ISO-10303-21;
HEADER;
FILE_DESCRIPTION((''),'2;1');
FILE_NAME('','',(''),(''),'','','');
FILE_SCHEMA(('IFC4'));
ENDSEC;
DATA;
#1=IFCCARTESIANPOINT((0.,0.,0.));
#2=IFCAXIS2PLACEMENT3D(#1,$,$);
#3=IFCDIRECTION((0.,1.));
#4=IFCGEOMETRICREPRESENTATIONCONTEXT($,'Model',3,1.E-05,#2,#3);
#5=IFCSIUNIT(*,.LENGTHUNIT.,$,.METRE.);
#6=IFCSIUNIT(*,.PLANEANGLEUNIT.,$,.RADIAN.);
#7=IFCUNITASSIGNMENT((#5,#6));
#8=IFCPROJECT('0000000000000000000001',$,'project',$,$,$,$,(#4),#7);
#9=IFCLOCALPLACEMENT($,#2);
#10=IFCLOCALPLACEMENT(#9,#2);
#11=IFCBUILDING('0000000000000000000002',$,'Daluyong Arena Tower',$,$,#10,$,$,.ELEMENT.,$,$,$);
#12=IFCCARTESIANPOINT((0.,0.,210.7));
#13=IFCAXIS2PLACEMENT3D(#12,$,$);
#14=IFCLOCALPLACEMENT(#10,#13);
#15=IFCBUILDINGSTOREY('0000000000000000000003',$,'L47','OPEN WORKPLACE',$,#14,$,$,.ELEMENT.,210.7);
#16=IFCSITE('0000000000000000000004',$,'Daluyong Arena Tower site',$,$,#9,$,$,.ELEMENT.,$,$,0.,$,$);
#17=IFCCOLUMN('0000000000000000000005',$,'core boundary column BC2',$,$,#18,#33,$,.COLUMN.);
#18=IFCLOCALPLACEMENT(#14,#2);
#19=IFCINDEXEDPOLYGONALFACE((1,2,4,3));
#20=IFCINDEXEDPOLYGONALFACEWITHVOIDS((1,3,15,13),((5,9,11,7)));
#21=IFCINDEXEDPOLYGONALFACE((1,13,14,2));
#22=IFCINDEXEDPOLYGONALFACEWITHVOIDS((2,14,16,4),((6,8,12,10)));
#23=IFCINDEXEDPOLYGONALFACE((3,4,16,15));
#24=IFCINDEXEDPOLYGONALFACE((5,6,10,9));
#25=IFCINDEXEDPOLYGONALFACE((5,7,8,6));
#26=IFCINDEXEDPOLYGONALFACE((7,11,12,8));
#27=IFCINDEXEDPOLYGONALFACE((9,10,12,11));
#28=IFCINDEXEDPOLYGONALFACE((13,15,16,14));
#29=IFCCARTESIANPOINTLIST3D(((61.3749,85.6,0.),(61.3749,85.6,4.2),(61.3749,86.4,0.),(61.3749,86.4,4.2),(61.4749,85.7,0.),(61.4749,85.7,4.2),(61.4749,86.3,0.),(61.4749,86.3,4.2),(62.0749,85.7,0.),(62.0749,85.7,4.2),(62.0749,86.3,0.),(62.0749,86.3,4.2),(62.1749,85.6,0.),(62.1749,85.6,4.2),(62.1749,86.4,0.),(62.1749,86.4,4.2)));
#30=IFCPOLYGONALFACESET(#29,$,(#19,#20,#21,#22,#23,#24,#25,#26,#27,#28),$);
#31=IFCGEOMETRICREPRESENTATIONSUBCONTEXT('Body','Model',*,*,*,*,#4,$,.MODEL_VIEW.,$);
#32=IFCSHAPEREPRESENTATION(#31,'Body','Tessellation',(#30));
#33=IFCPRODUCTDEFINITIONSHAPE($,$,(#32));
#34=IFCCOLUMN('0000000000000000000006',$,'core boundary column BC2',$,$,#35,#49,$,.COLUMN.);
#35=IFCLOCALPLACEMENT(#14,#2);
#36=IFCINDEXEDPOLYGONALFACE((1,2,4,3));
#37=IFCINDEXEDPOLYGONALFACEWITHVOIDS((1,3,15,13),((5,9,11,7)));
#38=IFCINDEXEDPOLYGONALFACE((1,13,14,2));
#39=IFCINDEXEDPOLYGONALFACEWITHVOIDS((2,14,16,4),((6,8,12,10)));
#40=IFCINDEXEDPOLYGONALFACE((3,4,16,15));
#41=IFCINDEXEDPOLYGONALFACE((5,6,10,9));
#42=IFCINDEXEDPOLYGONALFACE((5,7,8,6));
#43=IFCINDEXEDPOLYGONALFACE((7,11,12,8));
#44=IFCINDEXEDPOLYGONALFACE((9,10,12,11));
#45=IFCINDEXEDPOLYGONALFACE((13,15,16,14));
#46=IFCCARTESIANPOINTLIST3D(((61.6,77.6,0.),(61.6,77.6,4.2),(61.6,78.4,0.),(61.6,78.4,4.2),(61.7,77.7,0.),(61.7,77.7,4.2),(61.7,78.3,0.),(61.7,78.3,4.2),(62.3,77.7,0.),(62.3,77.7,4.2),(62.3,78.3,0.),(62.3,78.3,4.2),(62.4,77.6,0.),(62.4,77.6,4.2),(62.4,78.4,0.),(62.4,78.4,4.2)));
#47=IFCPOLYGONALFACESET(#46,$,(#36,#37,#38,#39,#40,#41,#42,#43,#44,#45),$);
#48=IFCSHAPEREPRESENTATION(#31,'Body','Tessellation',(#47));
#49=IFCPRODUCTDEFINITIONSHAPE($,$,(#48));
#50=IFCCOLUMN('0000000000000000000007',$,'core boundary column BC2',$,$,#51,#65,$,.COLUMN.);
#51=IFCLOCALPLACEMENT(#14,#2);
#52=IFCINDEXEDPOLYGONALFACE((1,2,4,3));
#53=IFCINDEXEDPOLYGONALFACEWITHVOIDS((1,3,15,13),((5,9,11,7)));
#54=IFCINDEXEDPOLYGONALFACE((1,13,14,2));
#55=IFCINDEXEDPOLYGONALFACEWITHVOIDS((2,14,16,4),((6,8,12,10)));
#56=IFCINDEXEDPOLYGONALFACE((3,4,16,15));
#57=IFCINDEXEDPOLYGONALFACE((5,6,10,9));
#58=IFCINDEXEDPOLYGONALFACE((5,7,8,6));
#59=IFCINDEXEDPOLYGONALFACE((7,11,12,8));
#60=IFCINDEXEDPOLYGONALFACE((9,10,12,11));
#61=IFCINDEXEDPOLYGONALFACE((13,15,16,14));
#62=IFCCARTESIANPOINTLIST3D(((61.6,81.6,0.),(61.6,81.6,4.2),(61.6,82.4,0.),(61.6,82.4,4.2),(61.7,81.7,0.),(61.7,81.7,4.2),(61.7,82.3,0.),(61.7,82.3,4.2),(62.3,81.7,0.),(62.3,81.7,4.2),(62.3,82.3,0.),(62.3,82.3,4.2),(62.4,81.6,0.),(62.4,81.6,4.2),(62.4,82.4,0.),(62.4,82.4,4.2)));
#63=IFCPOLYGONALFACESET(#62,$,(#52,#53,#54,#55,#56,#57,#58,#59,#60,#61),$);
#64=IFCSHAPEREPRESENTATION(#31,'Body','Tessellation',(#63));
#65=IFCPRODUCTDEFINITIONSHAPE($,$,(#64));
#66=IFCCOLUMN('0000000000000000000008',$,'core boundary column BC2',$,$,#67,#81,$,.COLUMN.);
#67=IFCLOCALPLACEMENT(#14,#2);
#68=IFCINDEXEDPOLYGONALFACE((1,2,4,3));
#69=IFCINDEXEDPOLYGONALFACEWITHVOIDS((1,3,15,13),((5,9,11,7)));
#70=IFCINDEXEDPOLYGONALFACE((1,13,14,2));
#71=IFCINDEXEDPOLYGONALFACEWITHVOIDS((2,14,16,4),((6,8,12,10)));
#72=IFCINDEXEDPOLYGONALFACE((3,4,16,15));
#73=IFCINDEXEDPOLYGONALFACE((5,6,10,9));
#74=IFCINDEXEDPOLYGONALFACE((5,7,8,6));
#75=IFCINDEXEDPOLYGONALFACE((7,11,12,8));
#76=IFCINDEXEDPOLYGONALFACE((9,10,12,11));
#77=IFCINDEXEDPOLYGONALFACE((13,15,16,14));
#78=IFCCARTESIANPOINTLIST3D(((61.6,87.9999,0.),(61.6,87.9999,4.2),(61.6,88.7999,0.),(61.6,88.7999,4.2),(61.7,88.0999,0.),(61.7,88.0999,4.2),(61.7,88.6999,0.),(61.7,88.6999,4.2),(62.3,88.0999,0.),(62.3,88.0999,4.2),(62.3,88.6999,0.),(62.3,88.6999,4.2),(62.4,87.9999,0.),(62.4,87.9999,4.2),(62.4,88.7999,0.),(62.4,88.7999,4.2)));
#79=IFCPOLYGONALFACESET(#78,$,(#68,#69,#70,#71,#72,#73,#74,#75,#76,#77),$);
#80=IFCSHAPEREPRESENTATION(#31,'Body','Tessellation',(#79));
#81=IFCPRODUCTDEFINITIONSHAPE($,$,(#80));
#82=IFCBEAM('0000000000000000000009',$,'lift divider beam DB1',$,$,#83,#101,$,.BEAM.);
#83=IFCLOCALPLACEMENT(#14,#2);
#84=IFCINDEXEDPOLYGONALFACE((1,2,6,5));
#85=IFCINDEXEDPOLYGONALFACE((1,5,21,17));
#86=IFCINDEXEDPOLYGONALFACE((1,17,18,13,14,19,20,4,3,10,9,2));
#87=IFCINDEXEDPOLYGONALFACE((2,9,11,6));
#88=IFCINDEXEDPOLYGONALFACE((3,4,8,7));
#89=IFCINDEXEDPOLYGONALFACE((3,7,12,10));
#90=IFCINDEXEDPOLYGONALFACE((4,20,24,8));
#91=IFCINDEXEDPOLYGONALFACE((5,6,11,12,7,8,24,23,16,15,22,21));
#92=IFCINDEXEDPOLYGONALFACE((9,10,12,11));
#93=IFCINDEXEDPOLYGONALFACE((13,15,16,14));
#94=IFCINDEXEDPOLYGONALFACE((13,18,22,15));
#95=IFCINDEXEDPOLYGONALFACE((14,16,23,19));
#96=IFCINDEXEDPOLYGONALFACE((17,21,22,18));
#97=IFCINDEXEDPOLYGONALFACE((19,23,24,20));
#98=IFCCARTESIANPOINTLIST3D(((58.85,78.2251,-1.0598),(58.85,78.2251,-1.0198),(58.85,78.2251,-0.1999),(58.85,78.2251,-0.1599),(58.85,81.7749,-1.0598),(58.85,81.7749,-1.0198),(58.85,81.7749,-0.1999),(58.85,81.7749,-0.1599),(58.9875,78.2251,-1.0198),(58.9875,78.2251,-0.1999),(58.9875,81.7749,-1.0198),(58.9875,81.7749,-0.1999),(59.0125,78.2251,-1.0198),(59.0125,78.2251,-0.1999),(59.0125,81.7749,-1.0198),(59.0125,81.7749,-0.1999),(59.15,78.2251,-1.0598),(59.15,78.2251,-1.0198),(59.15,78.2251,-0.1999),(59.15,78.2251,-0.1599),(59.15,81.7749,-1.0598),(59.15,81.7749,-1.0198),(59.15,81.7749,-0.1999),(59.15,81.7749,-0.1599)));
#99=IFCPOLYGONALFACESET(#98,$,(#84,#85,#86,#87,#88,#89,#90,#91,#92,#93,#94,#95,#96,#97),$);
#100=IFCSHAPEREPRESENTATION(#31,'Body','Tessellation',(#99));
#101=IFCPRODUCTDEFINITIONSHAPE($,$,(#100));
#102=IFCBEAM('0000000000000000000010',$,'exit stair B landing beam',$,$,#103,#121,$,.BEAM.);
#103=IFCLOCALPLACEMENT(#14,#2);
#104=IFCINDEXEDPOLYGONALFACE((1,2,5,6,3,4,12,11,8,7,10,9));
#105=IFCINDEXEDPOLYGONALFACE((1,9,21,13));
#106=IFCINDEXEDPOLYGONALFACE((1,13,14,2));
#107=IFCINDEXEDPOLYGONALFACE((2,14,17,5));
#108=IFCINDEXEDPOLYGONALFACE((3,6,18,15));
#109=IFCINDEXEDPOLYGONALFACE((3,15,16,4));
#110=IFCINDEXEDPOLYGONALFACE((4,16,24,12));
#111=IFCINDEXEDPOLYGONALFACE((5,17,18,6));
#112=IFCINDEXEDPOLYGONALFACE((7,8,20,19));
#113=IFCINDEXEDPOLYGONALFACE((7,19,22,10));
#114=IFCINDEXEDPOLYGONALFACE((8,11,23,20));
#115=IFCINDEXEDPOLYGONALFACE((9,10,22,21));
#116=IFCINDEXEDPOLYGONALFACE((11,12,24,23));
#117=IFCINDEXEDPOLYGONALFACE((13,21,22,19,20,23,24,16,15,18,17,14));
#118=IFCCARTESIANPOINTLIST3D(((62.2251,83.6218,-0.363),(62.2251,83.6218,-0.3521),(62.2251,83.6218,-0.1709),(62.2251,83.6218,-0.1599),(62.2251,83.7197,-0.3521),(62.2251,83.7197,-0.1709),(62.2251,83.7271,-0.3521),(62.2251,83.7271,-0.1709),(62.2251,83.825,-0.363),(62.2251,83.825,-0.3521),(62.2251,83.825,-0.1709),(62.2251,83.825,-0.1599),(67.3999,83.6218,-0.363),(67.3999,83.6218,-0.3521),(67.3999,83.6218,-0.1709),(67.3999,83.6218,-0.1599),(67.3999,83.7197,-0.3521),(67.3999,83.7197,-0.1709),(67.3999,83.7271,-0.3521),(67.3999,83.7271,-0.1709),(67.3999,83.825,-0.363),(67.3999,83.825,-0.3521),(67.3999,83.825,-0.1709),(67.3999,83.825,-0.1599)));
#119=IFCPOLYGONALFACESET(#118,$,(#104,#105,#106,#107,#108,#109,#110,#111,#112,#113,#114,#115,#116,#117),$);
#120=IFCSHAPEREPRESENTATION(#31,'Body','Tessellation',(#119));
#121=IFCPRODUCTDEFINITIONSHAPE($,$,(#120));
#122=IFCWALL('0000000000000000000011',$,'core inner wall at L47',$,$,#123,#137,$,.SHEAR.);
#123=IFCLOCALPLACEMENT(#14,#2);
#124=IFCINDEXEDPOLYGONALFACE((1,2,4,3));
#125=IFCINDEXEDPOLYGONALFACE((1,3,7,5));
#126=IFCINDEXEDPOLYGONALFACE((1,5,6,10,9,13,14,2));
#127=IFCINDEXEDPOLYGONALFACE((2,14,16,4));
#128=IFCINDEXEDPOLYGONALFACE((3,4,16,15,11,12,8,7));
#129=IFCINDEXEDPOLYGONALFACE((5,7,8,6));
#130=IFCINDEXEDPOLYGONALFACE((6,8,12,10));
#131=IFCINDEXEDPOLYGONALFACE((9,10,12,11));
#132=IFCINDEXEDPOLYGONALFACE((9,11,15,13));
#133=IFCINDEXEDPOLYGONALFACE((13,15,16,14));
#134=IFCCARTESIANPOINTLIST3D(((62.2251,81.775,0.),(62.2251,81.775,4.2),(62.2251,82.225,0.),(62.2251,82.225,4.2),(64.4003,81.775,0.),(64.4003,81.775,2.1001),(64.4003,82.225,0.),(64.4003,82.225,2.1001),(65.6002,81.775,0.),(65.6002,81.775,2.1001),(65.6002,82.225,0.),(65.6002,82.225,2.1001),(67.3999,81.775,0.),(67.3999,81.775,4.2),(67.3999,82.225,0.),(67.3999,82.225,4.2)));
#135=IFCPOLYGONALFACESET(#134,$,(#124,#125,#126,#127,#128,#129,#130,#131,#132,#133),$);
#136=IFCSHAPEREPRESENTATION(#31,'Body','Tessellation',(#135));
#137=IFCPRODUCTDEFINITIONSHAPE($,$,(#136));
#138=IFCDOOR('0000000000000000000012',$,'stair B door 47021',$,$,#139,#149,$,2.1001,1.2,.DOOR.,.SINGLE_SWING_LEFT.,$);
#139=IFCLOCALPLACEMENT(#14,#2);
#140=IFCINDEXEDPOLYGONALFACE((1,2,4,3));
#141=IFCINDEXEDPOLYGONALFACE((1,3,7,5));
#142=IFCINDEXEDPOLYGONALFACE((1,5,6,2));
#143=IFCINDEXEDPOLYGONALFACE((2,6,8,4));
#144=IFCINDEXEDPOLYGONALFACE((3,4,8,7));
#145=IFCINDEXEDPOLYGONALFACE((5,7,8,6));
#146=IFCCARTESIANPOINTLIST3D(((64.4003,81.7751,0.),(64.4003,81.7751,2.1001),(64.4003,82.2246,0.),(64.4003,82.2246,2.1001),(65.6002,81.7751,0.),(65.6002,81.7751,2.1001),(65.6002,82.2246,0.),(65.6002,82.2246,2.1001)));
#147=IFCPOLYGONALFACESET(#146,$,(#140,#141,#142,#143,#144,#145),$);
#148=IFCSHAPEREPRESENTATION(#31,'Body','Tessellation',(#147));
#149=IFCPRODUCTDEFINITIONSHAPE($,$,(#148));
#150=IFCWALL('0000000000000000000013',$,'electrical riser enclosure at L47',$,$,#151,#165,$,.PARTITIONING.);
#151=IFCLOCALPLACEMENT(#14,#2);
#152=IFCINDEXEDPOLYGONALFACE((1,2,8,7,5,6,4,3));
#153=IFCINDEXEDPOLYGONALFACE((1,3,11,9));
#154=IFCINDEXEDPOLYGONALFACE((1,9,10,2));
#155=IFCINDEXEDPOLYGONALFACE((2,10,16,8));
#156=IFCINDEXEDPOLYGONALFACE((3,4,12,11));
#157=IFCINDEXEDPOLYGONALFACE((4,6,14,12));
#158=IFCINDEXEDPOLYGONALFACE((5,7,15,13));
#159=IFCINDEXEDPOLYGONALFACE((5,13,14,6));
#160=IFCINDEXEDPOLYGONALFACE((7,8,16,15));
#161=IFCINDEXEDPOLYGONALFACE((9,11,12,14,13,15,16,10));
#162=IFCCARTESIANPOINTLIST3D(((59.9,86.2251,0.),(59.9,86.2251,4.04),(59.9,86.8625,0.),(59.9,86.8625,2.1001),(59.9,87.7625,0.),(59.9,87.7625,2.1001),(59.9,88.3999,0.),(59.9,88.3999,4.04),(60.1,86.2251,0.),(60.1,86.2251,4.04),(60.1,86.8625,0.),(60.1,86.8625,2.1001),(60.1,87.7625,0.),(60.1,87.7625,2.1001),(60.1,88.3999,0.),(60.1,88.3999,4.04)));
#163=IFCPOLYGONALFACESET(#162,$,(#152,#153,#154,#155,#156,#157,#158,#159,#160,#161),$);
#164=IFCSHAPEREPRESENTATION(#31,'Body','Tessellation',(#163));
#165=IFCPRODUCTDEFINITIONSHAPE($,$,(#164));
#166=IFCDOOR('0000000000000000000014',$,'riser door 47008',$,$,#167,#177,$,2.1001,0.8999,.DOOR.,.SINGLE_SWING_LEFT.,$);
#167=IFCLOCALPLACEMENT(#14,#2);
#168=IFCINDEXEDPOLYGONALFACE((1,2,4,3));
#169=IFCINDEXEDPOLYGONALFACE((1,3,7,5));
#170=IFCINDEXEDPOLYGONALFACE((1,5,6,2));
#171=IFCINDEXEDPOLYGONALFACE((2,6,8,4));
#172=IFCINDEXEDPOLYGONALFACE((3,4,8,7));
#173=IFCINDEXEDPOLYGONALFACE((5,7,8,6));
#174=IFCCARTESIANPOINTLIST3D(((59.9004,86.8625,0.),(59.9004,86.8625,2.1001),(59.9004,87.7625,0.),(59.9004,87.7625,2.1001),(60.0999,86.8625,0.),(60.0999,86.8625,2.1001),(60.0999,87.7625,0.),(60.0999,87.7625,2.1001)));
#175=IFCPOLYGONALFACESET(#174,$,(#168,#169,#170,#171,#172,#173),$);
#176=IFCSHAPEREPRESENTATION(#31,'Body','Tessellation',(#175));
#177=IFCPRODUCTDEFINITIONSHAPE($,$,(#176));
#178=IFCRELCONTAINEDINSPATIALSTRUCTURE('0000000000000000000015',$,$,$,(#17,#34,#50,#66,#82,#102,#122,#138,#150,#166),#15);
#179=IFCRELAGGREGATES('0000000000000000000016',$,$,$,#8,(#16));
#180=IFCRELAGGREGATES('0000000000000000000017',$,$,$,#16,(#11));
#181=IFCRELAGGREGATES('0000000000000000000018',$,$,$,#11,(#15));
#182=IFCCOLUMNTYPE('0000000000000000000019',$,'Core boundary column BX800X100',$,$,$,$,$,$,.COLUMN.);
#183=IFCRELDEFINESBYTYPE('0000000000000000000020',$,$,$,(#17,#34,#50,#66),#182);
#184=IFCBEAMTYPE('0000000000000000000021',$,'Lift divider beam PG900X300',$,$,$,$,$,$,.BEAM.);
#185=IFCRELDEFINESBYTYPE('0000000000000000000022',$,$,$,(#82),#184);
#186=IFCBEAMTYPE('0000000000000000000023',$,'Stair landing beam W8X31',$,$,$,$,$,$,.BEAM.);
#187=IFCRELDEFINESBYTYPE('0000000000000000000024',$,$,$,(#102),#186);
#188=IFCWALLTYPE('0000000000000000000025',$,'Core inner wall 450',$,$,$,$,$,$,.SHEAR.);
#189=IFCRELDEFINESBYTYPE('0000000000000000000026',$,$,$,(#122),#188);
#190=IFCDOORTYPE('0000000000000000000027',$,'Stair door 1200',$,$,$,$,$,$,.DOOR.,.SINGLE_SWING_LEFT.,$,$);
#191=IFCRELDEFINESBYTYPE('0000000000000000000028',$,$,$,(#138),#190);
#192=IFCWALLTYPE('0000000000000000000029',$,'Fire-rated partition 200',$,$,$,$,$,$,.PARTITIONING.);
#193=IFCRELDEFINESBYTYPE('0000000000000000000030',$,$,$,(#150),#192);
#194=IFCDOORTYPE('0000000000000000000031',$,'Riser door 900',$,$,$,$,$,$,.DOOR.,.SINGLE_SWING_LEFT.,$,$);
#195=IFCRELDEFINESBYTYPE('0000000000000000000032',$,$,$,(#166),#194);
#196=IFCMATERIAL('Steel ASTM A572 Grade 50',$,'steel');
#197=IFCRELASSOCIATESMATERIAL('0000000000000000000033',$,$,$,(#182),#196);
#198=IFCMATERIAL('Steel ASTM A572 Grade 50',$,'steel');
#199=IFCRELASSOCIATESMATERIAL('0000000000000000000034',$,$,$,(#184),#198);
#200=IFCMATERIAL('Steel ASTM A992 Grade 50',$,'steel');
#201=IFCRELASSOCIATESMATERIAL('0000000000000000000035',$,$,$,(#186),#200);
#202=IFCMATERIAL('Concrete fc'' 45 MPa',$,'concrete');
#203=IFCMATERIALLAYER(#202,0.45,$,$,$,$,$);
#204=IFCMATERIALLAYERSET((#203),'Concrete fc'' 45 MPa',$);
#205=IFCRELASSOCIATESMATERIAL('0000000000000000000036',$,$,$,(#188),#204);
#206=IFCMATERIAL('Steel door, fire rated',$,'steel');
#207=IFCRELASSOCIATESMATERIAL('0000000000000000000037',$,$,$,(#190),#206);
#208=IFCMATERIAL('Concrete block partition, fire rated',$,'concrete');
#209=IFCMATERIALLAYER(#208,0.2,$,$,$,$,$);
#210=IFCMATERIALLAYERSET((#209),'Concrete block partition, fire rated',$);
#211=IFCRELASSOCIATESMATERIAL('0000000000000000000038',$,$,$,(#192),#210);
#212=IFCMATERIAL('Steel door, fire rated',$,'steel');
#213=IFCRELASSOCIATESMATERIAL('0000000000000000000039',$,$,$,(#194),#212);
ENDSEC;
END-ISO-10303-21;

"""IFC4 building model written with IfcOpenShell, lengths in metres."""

from ifc_helpers import new_model, si_unit, direction, frame, frame_2d, origin, origin_2d, place, context, subcontext, project, spatial, rectangle, hollow_rectangle, i_section, extrude, material, layer, layer_set, material_profile, profile_set, type_object, element, fill, save


model = new_model("IFC4")

# Units and contexts
model_context = context("Model", 3, precision=1e-05, world=origin(), true_north=direction((0.0, 1.0)))
body_context = subcontext(model_context, "Body", "Model", "MODEL_VIEW")
ifc_project = project(units=[si_unit("LENGTHUNIT", "METRE"), si_unit("PLANEANGLEUNIT", "RADIAN")], contexts=[model_context])

# Site, building, storey
site_placement = place(None, origin())
site = spatial("IfcSite", under=ifc_project, at=site_placement, Name="Daluyong Arena Tower site", CompositionType="ELEMENT", RefElevation=0.0)
building_placement = place(site_placement, origin())
building = spatial("IfcBuilding", under=site, at=building_placement, Name="Daluyong Arena Tower", CompositionType="ELEMENT")
storey_placement = place(building_placement, frame((0.0, 0.0, 210.7)))
storey = spatial("IfcBuildingStorey", under=building, at=storey_placement, Name="L47", Description="OPEN WORKPLACE", CompositionType="ELEMENT", Elevation=210.7)

# Columns
ifc_material_1 = material(Name="Steel ASTM A572 Grade 50", Category="steel")
ifc_material_profile_1 = material_profile(ifc_material_1, hollow_rectangle(XDim=0.8, YDim=0.8, WallThickness=0.1, at=origin_2d()))
ifc_profile_set_1 = profile_set([ifc_material_profile_1], Name="Steel ASTM A572 Grade 50")
column_type = type_object("IfcColumnType", Name="Core boundary column BX800X100", PredefinedType="COLUMN", material=ifc_profile_set_1)
for number, where, z_axis, x_axis, name in (
    (1, (61.7749, 86.0, 0.0), (0.0, 0.0, 1.0), (1.0, 0.0, 0.0), "core boundary column BC2"),
    (2, (62.0, 78.0, 0.0), (0.0, 0.0, 1.0), (1.0, 0.0, 0.0), "core boundary column BC2"),
    (3, (62.0, 82.0, 0.0), (0.0, 0.0, 1.0), (1.0, 0.0, 0.0), "core boundary column BC2"),
    (4, (62.0, 88.3999, 0.0), (0.0, 0.0, 1.0), (1.0, 0.0, 0.0), "core boundary column BC2"),
):
    element("IfcColumn", number, at=place(storey_placement, frame(where, z_axis=z_axis, x_axis=x_axis)), inside=storey, type_object=column_type, Name=name, PredefinedType="COLUMN", context=body_context, shape_type="SweptSolid", body=[
        extrude(hollow_rectangle(XDim=0.8, YDim=0.8, WallThickness=0.1, at=origin_2d()), origin(), (0.0, 0.0, 1.0), 4.2),
    ])

# Beams
ifc_material_2 = material(Name="Steel ASTM A572 Grade 50", Category="steel")
ifc_material_profile_2 = material_profile(ifc_material_2, i_section(OverallWidth=0.3, OverallDepth=0.8999, WebThickness=0.025, FlangeThickness=0.04, at=origin_2d()))
ifc_profile_set_2 = profile_set([ifc_material_profile_2], Name="Steel ASTM A572 Grade 50")
beam_type_1 = type_object("IfcBeamType", Name="Lift divider beam PG900X300", PredefinedType="BEAM", material=ifc_profile_set_2)
beam_1_placement = place(storey_placement, frame((59.0, 78.2251, -0.6099), z_axis=(0.0, 1.0, 0.0), x_axis=(-1.0, 0.0, 0.0)))
element("IfcBeam", 5, at=beam_1_placement, inside=storey, type_object=beam_type_1, Name="lift divider beam DB1", PredefinedType="BEAM", context=body_context, shape_type="SweptSolid", body=[
    extrude(i_section(OverallWidth=0.3, OverallDepth=0.8999, WebThickness=0.025, FlangeThickness=0.04, at=origin_2d()), origin(), (0.0, 0.0, 1.0), 3.5498),
])
ifc_material_3 = material(Name="Steel ASTM A992 Grade 50", Category="steel")
ifc_material_profile_3 = material_profile(ifc_material_3, i_section(OverallWidth=0.2031, OverallDepth=0.2031, WebThickness=0.0073, FlangeThickness=0.011, at=origin_2d()))
ifc_profile_set_3 = profile_set([ifc_material_profile_3], Name="Steel ASTM A992 Grade 50")
beam_type_2 = type_object("IfcBeamType", Name="Stair landing beam W8X31", PredefinedType="BEAM", material=ifc_profile_set_3)
beam_2_placement = place(storey_placement, frame((62.2251, 83.7234, -0.2615), z_axis=(1.0, 0.0, 0.0), x_axis=(0.0, 1.0, 0.0)))
element("IfcBeam", 6, at=beam_2_placement, inside=storey, type_object=beam_type_2, Name="exit stair B landing beam", PredefinedType="BEAM", context=body_context, shape_type="SweptSolid", body=[
    extrude(i_section(OverallWidth=0.2031, OverallDepth=0.2031, WebThickness=0.0073, FlangeThickness=0.011, at=origin_2d()), origin(), (0.0, 0.0, 1.0), 5.1748),
])

# Walls, openings, doors
ifc_material_4 = material(Name="Concrete fc' 45 MPa", Category="concrete")
ifc_layer_1 = layer(ifc_material_4, 0.45)
ifc_layer_set_1 = layer_set([ifc_layer_1], Name="Concrete fc' 45 MPa")
wall_type_1 = type_object("IfcWallType", Name="Core inner wall 450", PredefinedType="SHEAR", material=ifc_layer_set_1)
wall_1_placement = place(storey_placement, frame((62.2251, 82.0, 0.0), z_axis=(0.0, 0.0, 1.0), x_axis=(1.0, 0.0, 0.0)))
wall_1 = element("IfcWall", 7, at=wall_1_placement, inside=storey, type_object=wall_type_1, Name="core inner wall at L47", PredefinedType="SHEAR", context=body_context, shape_type="SweptSolid", body=[
    extrude(rectangle(XDim=5.1748, YDim=0.45, at=frame_2d((2.5874, 0.0))), origin(), (0.0, 0.0, 1.0), 4.2),
])
opening_1_placement = place(wall_1_placement, frame((2.175, 0.0, 0.0)))
opening_1 = element("IfcOpeningElement", 8, at=opening_1_placement, cuts=wall_1, PredefinedType="OPENING", context=body_context, shape_type="SweptSolid", body=[
    extrude(rectangle(XDim=1.2, YDim=2.1001, at=frame_2d((0.6001, 1.05))), frame((0.0, 0.2349, 0.0), z_axis=(0.0, -1.0, 0.0), x_axis=(1.0, 0.0, 0.0)), (0.0, 0.0, 1.0), 0.47),
])
ifc_material_5 = material(Name="Steel door, fire rated", Category="steel")
door_type_1 = type_object("IfcDoorType", Name="Stair door 1200", OperationType="SINGLE_SWING_LEFT", PredefinedType="DOOR", material=ifc_material_5)
door_1_placement = place(opening_1_placement, origin())
door_1 = element("IfcDoor", 9, at=door_1_placement, inside=storey, type_object=door_type_1, Name="stair B door 47021", OperationType="SINGLE_SWING_LEFT", OverallHeight=2.1001, OverallWidth=1.2, PredefinedType="DOOR", context=body_context, shape_type="SweptSolid", body=[
    extrude(rectangle(XDim=1.2, YDim=2.1001, at=frame_2d((0.6001, 1.05))), frame((0.0, 0.2246, 0.0), z_axis=(0.0, -1.0, 0.0), x_axis=(1.0, 0.0, 0.0)), (0.0, 0.0, 1.0), 0.4495),
])
fill(opening_1, door_1)
ifc_material_6 = material(Name="Concrete block partition, fire rated", Category="concrete")
ifc_layer_2 = layer(ifc_material_6, 0.2)
ifc_layer_set_2 = layer_set([ifc_layer_2], Name="Concrete block partition, fire rated")
wall_type_2 = type_object("IfcWallType", Name="Fire-rated partition 200", PredefinedType="PARTITIONING", material=ifc_layer_set_2)
wall_2_placement = place(storey_placement, frame((60.0, 86.2251, 0.0), z_axis=(0.0, 0.0, 1.0), x_axis=(0.0, 1.0, 0.0)))
wall_2 = element("IfcWall", 10, at=wall_2_placement, inside=storey, type_object=wall_type_2, Name="electrical riser enclosure at L47", PredefinedType="PARTITIONING", context=body_context, shape_type="SweptSolid", body=[
    extrude(rectangle(XDim=2.1748, YDim=0.2, at=frame_2d((1.0874, 0.0))), origin(), (0.0, 0.0, 1.0), 4.04),
])
opening_2_placement = place(wall_2_placement, frame((0.6375, 0.0, 0.0)))
opening_2 = element("IfcOpeningElement", 11, at=opening_2_placement, cuts=wall_2, PredefinedType="OPENING", context=body_context, shape_type="SweptSolid", body=[
    extrude(rectangle(XDim=0.8999, YDim=2.1001, at=frame_2d((0.45, 1.05))), frame((0.0, 0.1099, 0.0), z_axis=(0.0, -1.0, 0.0), x_axis=(1.0, 0.0, 0.0)), (0.0, 0.0, 1.0), 0.22),
])
ifc_material_7 = material(Name="Steel door, fire rated", Category="steel")
door_type_2 = type_object("IfcDoorType", Name="Riser door 900", OperationType="SINGLE_SWING_LEFT", PredefinedType="DOOR", material=ifc_material_7)
door_2_placement = place(opening_2_placement, origin())
door_2 = element("IfcDoor", 12, at=door_2_placement, inside=storey, type_object=door_type_2, Name="riser door 47008", OperationType="SINGLE_SWING_LEFT", OverallHeight=2.1001, OverallWidth=0.8999, PredefinedType="DOOR", context=body_context, shape_type="SweptSolid", body=[
    extrude(rectangle(XDim=0.8999, YDim=2.1001, at=frame_2d((0.45, 1.05))), frame((0.0, 0.0996, 0.0), z_axis=(0.0, -1.0, 0.0), x_axis=(1.0, 0.0, 0.0)), (0.0, 0.0, 1.0), 0.1995),
])
fill(opening_2, door_2)

save(model, "model.ifc")
